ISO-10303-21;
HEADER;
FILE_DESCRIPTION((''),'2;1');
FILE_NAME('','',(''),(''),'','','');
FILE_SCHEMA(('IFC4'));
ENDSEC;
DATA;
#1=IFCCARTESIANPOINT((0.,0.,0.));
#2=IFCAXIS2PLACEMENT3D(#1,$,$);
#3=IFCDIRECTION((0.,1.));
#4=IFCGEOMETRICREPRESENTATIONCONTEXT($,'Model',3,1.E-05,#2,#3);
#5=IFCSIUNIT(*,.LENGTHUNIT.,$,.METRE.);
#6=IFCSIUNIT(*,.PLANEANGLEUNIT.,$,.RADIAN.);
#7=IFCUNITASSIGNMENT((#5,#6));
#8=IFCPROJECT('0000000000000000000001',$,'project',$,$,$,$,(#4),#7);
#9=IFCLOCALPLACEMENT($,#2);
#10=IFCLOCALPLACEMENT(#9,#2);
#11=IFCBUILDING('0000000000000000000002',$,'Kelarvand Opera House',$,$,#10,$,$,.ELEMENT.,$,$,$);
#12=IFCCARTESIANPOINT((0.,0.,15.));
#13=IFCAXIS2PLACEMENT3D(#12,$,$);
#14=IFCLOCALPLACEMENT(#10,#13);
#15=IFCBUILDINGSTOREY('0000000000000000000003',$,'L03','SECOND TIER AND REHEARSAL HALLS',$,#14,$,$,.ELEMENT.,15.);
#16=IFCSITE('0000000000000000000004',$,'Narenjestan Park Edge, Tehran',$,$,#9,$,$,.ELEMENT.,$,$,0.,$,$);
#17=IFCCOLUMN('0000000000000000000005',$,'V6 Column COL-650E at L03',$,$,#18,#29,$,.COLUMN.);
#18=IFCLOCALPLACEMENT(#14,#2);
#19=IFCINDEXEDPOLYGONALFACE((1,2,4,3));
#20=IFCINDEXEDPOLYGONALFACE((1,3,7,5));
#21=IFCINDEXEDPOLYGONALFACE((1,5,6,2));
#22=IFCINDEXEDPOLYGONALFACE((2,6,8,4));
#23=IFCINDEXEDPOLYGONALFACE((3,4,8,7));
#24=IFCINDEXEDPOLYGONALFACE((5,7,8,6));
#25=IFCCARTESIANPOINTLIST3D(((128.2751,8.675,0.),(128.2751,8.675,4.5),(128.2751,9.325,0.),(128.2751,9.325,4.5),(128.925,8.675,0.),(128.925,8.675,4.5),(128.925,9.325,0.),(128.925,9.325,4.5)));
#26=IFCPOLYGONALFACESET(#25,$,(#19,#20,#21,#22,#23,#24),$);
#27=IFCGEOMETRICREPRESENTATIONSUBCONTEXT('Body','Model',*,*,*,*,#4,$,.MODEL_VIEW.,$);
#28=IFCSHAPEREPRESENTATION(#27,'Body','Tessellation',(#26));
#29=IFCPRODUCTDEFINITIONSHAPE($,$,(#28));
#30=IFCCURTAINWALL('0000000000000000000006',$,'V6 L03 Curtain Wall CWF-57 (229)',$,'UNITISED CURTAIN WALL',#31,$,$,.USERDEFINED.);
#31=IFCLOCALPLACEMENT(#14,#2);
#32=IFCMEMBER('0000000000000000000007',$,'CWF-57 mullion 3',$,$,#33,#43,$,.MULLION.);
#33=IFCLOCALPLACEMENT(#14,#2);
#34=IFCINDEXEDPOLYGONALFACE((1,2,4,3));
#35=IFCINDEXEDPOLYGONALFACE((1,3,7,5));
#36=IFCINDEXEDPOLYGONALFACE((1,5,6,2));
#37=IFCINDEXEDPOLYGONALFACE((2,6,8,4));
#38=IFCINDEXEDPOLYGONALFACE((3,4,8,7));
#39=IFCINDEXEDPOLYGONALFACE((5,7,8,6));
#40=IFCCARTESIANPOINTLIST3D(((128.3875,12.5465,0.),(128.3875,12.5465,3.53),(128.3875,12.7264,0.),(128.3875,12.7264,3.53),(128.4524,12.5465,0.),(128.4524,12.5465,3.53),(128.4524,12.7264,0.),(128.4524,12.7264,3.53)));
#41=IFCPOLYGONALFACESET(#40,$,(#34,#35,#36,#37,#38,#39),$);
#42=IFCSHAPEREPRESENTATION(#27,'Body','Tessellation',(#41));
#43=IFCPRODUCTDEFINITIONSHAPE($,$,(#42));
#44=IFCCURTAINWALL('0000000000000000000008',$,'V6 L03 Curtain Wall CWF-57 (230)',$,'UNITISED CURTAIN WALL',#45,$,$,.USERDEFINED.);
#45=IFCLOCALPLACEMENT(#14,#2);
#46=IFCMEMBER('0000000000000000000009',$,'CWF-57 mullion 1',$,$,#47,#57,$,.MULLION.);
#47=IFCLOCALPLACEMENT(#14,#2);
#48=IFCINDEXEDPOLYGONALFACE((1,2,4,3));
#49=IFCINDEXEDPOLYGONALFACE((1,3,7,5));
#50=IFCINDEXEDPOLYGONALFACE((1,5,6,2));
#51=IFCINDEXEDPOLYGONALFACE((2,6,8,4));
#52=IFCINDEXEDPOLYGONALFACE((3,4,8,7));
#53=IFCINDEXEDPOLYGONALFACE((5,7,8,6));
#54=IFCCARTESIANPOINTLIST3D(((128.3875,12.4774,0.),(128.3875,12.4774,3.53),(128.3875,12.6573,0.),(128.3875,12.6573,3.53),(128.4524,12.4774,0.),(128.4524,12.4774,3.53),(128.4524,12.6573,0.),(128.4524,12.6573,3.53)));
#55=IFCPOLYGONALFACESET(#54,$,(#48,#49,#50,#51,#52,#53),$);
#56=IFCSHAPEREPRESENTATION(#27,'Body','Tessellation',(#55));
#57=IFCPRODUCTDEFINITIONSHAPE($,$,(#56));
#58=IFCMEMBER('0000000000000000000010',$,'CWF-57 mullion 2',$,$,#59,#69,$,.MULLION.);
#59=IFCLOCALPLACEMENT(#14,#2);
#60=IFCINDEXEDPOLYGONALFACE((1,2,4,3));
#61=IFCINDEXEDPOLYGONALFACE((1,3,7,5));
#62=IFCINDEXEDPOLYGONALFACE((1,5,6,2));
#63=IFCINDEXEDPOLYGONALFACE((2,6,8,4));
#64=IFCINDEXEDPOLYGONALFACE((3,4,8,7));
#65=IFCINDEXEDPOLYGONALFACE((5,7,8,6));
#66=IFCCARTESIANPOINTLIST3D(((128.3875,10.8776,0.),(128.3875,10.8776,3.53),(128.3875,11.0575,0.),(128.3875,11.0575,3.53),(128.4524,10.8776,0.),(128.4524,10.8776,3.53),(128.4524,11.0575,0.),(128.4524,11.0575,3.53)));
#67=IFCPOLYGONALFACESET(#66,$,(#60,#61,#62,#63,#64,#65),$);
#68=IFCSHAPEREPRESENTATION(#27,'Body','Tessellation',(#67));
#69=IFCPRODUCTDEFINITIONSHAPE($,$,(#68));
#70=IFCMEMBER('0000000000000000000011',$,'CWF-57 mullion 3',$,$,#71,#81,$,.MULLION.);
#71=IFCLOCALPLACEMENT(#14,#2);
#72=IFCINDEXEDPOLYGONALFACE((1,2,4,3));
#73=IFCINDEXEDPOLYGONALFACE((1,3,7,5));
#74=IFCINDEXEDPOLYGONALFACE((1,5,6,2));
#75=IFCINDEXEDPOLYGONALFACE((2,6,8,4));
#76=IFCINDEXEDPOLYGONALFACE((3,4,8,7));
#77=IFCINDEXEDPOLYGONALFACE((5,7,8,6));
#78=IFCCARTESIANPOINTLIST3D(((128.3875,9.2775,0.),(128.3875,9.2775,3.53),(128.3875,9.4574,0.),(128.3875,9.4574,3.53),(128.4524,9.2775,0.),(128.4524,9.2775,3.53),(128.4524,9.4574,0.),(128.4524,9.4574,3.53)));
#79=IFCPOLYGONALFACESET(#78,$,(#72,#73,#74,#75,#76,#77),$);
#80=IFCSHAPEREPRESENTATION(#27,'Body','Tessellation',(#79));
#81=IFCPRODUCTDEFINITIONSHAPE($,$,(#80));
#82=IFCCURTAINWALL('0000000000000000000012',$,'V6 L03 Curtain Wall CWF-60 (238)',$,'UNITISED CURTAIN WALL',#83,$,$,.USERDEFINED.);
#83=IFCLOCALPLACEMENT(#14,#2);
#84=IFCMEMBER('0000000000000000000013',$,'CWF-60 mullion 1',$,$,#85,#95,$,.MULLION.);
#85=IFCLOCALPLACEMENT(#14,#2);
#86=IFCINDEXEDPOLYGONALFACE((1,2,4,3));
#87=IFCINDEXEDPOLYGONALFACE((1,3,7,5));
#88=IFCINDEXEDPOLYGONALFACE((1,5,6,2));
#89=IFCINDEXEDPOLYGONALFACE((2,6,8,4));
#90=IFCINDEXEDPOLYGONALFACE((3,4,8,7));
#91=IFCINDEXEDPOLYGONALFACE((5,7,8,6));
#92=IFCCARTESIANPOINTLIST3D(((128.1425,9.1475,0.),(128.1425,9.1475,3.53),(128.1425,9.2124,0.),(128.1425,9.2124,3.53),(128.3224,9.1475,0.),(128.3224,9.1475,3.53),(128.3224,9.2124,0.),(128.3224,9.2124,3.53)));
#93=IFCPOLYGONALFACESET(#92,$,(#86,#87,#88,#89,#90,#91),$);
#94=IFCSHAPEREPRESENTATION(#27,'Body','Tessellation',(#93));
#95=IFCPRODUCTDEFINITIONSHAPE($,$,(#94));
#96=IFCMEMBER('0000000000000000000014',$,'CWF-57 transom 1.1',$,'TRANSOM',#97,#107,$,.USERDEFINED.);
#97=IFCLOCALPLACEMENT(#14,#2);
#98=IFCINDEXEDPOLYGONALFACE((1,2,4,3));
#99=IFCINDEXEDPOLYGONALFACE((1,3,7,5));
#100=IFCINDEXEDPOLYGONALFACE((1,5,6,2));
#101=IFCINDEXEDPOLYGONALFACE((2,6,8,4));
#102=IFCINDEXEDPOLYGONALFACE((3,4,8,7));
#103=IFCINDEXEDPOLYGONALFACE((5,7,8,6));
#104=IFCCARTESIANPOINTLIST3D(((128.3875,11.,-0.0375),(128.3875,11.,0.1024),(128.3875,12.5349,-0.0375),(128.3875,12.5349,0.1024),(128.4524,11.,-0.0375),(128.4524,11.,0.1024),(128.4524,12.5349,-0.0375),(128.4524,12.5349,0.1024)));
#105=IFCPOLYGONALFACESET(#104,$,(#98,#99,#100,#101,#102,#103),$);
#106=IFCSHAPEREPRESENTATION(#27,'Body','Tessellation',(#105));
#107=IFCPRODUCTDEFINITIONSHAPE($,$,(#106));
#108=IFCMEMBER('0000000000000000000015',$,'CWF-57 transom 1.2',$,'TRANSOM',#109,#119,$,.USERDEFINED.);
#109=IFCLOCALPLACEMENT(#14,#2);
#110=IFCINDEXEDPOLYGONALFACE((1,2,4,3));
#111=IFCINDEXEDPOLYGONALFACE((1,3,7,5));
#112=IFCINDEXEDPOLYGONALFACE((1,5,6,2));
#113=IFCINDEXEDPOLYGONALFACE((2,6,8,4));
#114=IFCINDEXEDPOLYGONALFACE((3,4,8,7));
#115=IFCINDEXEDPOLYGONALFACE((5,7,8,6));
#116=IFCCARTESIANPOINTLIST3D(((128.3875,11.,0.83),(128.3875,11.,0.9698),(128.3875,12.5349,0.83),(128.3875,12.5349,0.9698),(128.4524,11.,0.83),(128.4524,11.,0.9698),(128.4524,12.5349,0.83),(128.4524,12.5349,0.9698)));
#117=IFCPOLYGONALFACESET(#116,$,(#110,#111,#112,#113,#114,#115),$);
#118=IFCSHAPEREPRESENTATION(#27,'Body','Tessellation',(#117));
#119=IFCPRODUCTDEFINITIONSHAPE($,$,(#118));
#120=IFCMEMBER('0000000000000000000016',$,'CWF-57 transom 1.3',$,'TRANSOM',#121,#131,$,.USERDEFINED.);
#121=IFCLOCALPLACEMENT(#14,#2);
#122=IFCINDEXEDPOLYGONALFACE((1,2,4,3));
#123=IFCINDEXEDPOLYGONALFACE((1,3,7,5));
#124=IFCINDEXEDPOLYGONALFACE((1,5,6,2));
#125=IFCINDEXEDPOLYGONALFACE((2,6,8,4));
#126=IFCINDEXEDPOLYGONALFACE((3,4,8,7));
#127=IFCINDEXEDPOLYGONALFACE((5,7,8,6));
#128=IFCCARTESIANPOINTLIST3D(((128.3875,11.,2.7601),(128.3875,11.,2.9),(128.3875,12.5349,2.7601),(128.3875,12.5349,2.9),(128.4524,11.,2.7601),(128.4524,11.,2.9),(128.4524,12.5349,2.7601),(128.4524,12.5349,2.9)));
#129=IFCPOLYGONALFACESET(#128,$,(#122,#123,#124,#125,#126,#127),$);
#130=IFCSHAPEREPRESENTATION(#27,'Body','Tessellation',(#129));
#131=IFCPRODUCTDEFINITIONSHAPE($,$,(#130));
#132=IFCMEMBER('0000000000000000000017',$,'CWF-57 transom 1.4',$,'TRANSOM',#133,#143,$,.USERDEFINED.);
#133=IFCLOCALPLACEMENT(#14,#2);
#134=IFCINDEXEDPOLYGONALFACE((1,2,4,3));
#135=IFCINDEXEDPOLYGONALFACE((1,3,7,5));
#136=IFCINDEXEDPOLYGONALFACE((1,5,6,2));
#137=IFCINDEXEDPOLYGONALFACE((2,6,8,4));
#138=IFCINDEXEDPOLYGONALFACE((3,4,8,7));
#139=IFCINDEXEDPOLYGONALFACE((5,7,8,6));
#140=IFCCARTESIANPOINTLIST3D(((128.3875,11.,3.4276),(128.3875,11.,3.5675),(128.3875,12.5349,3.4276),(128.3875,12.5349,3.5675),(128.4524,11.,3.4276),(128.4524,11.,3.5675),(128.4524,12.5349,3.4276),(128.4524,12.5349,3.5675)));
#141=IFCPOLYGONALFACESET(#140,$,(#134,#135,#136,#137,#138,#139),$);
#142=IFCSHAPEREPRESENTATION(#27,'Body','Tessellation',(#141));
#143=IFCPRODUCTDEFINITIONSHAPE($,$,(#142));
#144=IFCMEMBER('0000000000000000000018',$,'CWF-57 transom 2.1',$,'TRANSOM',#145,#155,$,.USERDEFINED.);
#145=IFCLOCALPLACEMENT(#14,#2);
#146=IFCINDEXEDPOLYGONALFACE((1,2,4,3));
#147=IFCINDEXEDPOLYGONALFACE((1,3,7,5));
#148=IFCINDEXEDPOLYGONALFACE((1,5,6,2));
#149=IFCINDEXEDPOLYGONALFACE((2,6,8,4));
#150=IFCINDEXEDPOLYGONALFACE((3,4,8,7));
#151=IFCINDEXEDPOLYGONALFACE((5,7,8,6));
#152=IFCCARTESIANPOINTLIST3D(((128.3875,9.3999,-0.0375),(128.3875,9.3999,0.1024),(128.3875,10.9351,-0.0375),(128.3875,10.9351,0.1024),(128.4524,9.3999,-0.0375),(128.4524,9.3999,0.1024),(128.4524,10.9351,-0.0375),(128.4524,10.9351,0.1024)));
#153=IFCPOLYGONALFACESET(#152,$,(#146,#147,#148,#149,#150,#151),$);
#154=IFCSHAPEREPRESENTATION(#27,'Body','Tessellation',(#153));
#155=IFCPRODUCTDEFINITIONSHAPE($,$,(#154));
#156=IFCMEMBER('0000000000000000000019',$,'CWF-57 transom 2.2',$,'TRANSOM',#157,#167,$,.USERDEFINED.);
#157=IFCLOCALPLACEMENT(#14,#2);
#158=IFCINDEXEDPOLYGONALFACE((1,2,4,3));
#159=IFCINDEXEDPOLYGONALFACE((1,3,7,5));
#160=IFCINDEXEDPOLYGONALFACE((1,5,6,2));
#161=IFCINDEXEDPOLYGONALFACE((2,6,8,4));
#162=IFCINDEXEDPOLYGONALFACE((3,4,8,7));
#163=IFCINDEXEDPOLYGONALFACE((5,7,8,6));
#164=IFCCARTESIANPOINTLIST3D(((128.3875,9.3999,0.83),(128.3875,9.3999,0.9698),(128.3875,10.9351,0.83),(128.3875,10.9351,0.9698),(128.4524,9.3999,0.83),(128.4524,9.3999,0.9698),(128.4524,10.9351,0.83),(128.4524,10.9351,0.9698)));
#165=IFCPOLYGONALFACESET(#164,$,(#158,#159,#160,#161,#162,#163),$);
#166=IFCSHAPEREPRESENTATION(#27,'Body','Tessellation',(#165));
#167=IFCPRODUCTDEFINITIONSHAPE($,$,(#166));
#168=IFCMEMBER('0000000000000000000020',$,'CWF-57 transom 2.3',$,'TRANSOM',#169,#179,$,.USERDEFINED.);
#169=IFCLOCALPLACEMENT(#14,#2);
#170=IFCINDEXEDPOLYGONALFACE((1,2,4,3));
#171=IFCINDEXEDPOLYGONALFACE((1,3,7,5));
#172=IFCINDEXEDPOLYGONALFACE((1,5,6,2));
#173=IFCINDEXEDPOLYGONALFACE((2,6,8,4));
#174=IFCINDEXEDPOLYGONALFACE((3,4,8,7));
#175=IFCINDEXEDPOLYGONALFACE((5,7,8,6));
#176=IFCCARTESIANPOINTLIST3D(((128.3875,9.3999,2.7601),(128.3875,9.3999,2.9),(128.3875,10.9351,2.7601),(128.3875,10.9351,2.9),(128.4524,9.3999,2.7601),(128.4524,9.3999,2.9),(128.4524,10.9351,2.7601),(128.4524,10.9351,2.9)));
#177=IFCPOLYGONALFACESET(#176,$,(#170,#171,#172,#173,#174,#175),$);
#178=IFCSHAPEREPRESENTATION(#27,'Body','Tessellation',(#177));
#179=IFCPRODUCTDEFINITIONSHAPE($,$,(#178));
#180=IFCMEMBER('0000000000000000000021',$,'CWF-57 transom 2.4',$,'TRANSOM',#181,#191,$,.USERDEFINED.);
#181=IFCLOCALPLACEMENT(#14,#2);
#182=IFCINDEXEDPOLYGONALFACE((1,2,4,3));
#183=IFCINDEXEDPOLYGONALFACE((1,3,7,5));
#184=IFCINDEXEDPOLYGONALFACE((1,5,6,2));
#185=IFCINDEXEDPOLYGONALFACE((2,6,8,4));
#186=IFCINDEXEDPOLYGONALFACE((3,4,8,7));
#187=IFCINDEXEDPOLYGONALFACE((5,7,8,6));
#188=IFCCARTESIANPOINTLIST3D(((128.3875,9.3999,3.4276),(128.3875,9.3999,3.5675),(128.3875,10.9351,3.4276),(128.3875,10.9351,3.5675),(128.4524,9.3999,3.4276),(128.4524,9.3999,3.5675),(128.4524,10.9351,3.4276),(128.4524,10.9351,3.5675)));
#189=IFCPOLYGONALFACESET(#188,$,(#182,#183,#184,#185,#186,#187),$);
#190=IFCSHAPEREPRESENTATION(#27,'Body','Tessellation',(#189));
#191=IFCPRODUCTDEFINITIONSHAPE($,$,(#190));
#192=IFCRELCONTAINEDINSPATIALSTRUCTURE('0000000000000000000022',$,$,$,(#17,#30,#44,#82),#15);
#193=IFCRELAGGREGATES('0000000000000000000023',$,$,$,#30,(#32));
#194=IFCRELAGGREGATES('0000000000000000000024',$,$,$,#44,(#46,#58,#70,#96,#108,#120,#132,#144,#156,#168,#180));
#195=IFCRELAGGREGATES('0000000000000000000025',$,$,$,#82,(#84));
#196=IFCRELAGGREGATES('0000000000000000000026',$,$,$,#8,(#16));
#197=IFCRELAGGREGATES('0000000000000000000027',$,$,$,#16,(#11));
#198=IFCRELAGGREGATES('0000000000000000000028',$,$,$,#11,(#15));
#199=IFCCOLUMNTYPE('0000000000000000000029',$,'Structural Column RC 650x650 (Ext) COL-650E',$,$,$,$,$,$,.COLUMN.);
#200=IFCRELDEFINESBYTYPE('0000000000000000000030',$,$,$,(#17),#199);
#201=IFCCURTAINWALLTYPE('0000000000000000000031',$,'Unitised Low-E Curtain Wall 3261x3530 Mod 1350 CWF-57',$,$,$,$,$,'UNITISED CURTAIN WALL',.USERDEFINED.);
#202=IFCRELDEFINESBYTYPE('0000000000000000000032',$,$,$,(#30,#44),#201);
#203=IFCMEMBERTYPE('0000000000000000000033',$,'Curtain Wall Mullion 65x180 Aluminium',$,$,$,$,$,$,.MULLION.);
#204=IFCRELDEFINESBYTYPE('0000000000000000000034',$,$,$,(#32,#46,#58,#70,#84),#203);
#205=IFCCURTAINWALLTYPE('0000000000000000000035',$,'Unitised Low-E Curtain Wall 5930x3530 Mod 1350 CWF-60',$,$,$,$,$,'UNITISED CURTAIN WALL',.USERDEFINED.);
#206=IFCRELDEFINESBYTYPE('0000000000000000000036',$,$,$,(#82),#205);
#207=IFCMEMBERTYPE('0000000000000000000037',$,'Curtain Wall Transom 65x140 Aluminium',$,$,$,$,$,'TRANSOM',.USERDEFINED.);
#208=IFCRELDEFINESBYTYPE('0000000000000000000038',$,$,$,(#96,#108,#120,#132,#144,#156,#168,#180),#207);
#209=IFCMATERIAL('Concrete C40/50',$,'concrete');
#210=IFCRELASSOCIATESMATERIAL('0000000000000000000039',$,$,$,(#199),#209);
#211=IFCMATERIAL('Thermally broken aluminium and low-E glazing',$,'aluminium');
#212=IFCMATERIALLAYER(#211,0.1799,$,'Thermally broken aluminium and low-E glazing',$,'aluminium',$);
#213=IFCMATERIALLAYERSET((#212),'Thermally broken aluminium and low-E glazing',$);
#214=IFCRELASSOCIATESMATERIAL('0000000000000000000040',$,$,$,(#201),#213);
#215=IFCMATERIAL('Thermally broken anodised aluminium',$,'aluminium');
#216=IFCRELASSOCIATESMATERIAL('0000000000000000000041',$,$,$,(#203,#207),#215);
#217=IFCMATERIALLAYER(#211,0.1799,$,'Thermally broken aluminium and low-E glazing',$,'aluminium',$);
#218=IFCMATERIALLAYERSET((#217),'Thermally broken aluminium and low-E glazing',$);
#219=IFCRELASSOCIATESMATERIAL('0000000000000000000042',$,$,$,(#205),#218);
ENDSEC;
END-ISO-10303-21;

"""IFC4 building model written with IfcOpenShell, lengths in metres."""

from ifc_helpers import new_model, si_unit, direction, frame, origin, origin_2d, place, context, subcontext, project, spatial, rectangle, extrude, material, layer, layer_set, material_profile, profile_set, type_object, element, aggregate, save


model = new_model("IFC4")

# Units and contexts
model_context = context("Model", 3, precision=1e-05, world=origin(), true_north=direction((0.0, 1.0)))
body_context = subcontext(model_context, "Body", "Model", "MODEL_VIEW")
ifc_project = project(units=[si_unit("LENGTHUNIT", "METRE"), si_unit("PLANEANGLEUNIT", "RADIAN")], contexts=[model_context])

# Site, building, storey
site_placement = place(None, origin())
site = spatial("IfcSite", under=ifc_project, at=site_placement, Name="Narenjestan Park Edge, Tehran", CompositionType="ELEMENT", RefElevation=0.0)
building_placement = place(site_placement, origin())
building = spatial("IfcBuilding", under=site, at=building_placement, Name="Kelarvand Opera House", CompositionType="ELEMENT")
storey_placement = place(building_placement, frame((0.0, 0.0, 15.0)))
storey = spatial("IfcBuildingStorey", under=building, at=storey_placement, Name="L03", Description="SECOND TIER AND REHEARSAL HALLS", CompositionType="ELEMENT", Elevation=15.0)

# Column
ifc_material_1 = material(Name="Concrete C40/50", Category="concrete")
ifc_material_profile_1 = material_profile(ifc_material_1, rectangle(XDim=0.6499, YDim=0.6499, at=origin_2d()), Name="RC 650x650", Category="concrete")
ifc_profile_set_1 = profile_set([ifc_material_profile_1], Name="Concrete C40/50")
column_type = type_object("IfcColumnType", Name="Structural Column RC 650x650 (Ext) COL-650E", PredefinedType="COLUMN", material=ifc_profile_set_1)
column_placement = place(storey_placement, frame((128.6001, 9.0, 0.0), z_axis=(0.0, 0.0, 1.0), x_axis=(1.0, 0.0, 0.0)))
element("IfcColumn", 1, at=column_placement, inside=storey, type_object=column_type, Name="V6 Column COL-650E at L03", PredefinedType="COLUMN", context=body_context, shape_type="SweptSolid", body=[
    extrude(rectangle(XDim=0.6499, YDim=0.6499, at=origin_2d()), origin(), (0.0, 0.0, 1.0), 4.5),
])

# Curtain wall, member
ifc_material_2 = material(Name="Thermally broken aluminium and low-E glazing", Category="aluminium")
ifc_layer_1 = layer(ifc_material_2, 0.1799, Name="Thermally broken aluminium and low-E glazing", Category="aluminium")
ifc_layer_set_1 = layer_set([ifc_layer_1], Name="Thermally broken aluminium and low-E glazing")
curtain_wall_type_1 = type_object("IfcCurtainWallType", Name="Unitised Low-E Curtain Wall 3261x3530 Mod 1350 CWF-57", ElementType="UNITISED CURTAIN WALL", PredefinedType="USERDEFINED", material=ifc_layer_set_1)
curtain_wall_1_placement = place(storey_placement, origin())
curtain_wall_1 = element("IfcCurtainWall", 2, at=curtain_wall_1_placement, inside=storey, type_object=curtain_wall_type_1, Name="V6 L03 Curtain Wall CWF-57 (229)", ObjectType="UNITISED CURTAIN WALL", PredefinedType="USERDEFINED")
ifc_material_3 = material(Name="Thermally broken anodised aluminium", Category="aluminium")
ifc_material_profile_2 = material_profile(ifc_material_3, rectangle(XDim=0.0649, YDim=0.1799, at=origin_2d()), Name="ALU MULLION 65x180", Category="aluminium")
ifc_profile_set_2 = profile_set([ifc_material_profile_2], Name="Thermally broken anodised aluminium")
member_type_1 = type_object("IfcMemberType", Name="Curtain Wall Mullion 65x180 Aluminium", PredefinedType="MULLION", material=ifc_profile_set_2)
member_1_placement = place(storey_placement, frame((128.4199, 12.6365, 0.0), z_axis=(0.0, 0.0, 1.0), x_axis=(1.0, 0.0, 0.0)))
member_1 = element("IfcMember", 3, at=member_1_placement, type_object=member_type_1, Name="CWF-57 mullion 3", PredefinedType="MULLION", context=body_context, shape_type="SweptSolid", body=[
    extrude(rectangle(XDim=0.0649, YDim=0.1799, at=origin_2d()), origin(), (0.0, 0.0, 1.0), 3.53),
])
aggregate(curtain_wall_1, [member_1])

# Curtain wall, members
curtain_wall_2_placement = place(storey_placement, origin())
curtain_wall_2 = element("IfcCurtainWall", 4, at=curtain_wall_2_placement, inside=storey, type_object=curtain_wall_type_1, Name="V6 L03 Curtain Wall CWF-57 (230)", ObjectType="UNITISED CURTAIN WALL", PredefinedType="USERDEFINED")
member_2_placement = place(storey_placement, frame((128.4199, 12.5674, 0.0), z_axis=(0.0, 0.0, 1.0), x_axis=(1.0, 0.0, 0.0)))
member_2 = element("IfcMember", 5, at=member_2_placement, type_object=member_type_1, Name="CWF-57 mullion 1", PredefinedType="MULLION", context=body_context, shape_type="SweptSolid", body=[
    extrude(rectangle(XDim=0.0649, YDim=0.1799, at=origin_2d()), origin(), (0.0, 0.0, 1.0), 3.53),
])
member_3_placement = place(storey_placement, frame((128.4199, 10.9675, 0.0), z_axis=(0.0, 0.0, 1.0), x_axis=(1.0, 0.0, 0.0)))
member_3 = element("IfcMember", 6, at=member_3_placement, type_object=member_type_1, Name="CWF-57 mullion 2", PredefinedType="MULLION", context=body_context, shape_type="SweptSolid", body=[
    extrude(rectangle(XDim=0.0649, YDim=0.1799, at=origin_2d()), origin(), (0.0, 0.0, 1.0), 3.53),
])
member_4_placement = place(storey_placement, frame((128.4199, 9.3674, 0.0), z_axis=(0.0, 0.0, 1.0), x_axis=(1.0, 0.0, 0.0)))
member_4 = element("IfcMember", 7, at=member_4_placement, type_object=member_type_1, Name="CWF-57 mullion 3", PredefinedType="MULLION", context=body_context, shape_type="SweptSolid", body=[
    extrude(rectangle(XDim=0.0649, YDim=0.1799, at=origin_2d()), origin(), (0.0, 0.0, 1.0), 3.53),
])

# Curtain wall, member
ifc_layer_2 = layer(ifc_material_2, 0.1799, Name="Thermally broken aluminium and low-E glazing", Category="aluminium")
ifc_layer_set_2 = layer_set([ifc_layer_2], Name="Thermally broken aluminium and low-E glazing")
curtain_wall_type_2 = type_object("IfcCurtainWallType", Name="Unitised Low-E Curtain Wall 5930x3530 Mod 1350 CWF-60", ElementType="UNITISED CURTAIN WALL", PredefinedType="USERDEFINED", material=ifc_layer_set_2)
curtain_wall_3_placement = place(storey_placement, origin())
curtain_wall_3 = element("IfcCurtainWall", 8, at=curtain_wall_3_placement, inside=storey, type_object=curtain_wall_type_2, Name="V6 L03 Curtain Wall CWF-60 (238)", ObjectType="UNITISED CURTAIN WALL", PredefinedType="USERDEFINED")
member_5_placement = place(storey_placement, frame((128.2324, 9.1799, 0.0), z_axis=(0.0, 0.0, 1.0), x_axis=(0.0, -1.0, 0.0)))
member_5 = element("IfcMember", 9, at=member_5_placement, type_object=member_type_1, Name="CWF-60 mullion 1", PredefinedType="MULLION", context=body_context, shape_type="SweptSolid", body=[
    extrude(rectangle(XDim=0.0649, YDim=0.1799, at=origin_2d()), origin(), (0.0, 0.0, 1.0), 3.53),
])

# Members
ifc_material_profile_3 = material_profile(ifc_material_3, rectangle(XDim=0.0649, YDim=0.1399, at=origin_2d()), Name="ALU TRANSOM 65x140", Category="aluminium")
ifc_profile_set_3 = profile_set([ifc_material_profile_3], Name="Thermally broken anodised aluminium")
member_type_2 = type_object("IfcMemberType", Name="Curtain Wall Transom 65x140 Aluminium", ElementType="TRANSOM", PredefinedType="USERDEFINED", material=ifc_profile_set_3)
member_6_placement = place(storey_placement, frame((128.4199, 12.5349, 0.0325), z_axis=(0.0, -1.0, 0.0), x_axis=(1.0, 0.0, 0.0)))
member_6 = element("IfcMember", 10, at=member_6_placement, type_object=member_type_2, Name="CWF-57 transom 1.1", ObjectType="TRANSOM", PredefinedType="USERDEFINED", context=body_context, shape_type="SweptSolid", body=[
    extrude(rectangle(XDim=0.0649, YDim=0.1399, at=origin_2d()), origin(), (0.0, 0.0, 1.0), 1.5349),
])
member_7_placement = place(storey_placement, frame((128.4199, 12.5349, 0.8999), z_axis=(0.0, -1.0, 0.0), x_axis=(1.0, 0.0, 0.0)))
member_7 = element("IfcMember", 11, at=member_7_placement, type_object=member_type_2, Name="CWF-57 transom 1.2", ObjectType="TRANSOM", PredefinedType="USERDEFINED", context=body_context, shape_type="SweptSolid", body=[
    extrude(rectangle(XDim=0.0649, YDim=0.1399, at=origin_2d()), origin(), (0.0, 0.0, 1.0), 1.5349),
])
member_8_placement = place(storey_placement, frame((128.4199, 12.5349, 2.8301), z_axis=(0.0, -1.0, 0.0), x_axis=(1.0, 0.0, 0.0)))
member_8 = element("IfcMember", 12, at=member_8_placement, type_object=member_type_2, Name="CWF-57 transom 1.3", ObjectType="TRANSOM", PredefinedType="USERDEFINED", context=body_context, shape_type="SweptSolid", body=[
    extrude(rectangle(XDim=0.0649, YDim=0.1399, at=origin_2d()), origin(), (0.0, 0.0, 1.0), 1.5349),
])
member_9_placement = place(storey_placement, frame((128.4199, 12.5349, 3.4976), z_axis=(0.0, -1.0, 0.0), x_axis=(1.0, 0.0, 0.0)))
member_9 = element("IfcMember", 13, at=member_9_placement, type_object=member_type_2, Name="CWF-57 transom 1.4", ObjectType="TRANSOM", PredefinedType="USERDEFINED", context=body_context, shape_type="SweptSolid", body=[
    extrude(rectangle(XDim=0.0649, YDim=0.1399, at=origin_2d()), origin(), (0.0, 0.0, 1.0), 1.5349),
])
member_10_placement = place(storey_placement, frame((128.4199, 10.9351, 0.0325), z_axis=(0.0, -1.0, 0.0), x_axis=(1.0, 0.0, 0.0)))
member_10 = element("IfcMember", 14, at=member_10_placement, type_object=member_type_2, Name="CWF-57 transom 2.1", ObjectType="TRANSOM", PredefinedType="USERDEFINED", context=body_context, shape_type="SweptSolid", body=[
    extrude(rectangle(XDim=0.0649, YDim=0.1399, at=origin_2d()), origin(), (0.0, 0.0, 1.0), 1.5352),
])
member_11_placement = place(storey_placement, frame((128.4199, 10.9351, 0.8999), z_axis=(0.0, -1.0, 0.0), x_axis=(1.0, 0.0, 0.0)))
member_11 = element("IfcMember", 15, at=member_11_placement, type_object=member_type_2, Name="CWF-57 transom 2.2", ObjectType="TRANSOM", PredefinedType="USERDEFINED", context=body_context, shape_type="SweptSolid", body=[
    extrude(rectangle(XDim=0.0649, YDim=0.1399, at=origin_2d()), origin(), (0.0, 0.0, 1.0), 1.5352),
])
member_12_placement = place(storey_placement, frame((128.4199, 10.9351, 2.8301), z_axis=(0.0, -1.0, 0.0), x_axis=(1.0, 0.0, 0.0)))
member_12 = element("IfcMember", 16, at=member_12_placement, type_object=member_type_2, Name="CWF-57 transom 2.3", ObjectType="TRANSOM", PredefinedType="USERDEFINED", context=body_context, shape_type="SweptSolid", body=[
    extrude(rectangle(XDim=0.0649, YDim=0.1399, at=origin_2d()), origin(), (0.0, 0.0, 1.0), 1.5352),
])
member_13_placement = place(storey_placement, frame((128.4199, 10.9351, 3.4976), z_axis=(0.0, -1.0, 0.0), x_axis=(1.0, 0.0, 0.0)))
member_13 = element("IfcMember", 17, at=member_13_placement, type_object=member_type_2, Name="CWF-57 transom 2.4", ObjectType="TRANSOM", PredefinedType="USERDEFINED", context=body_context, shape_type="SweptSolid", body=[
    extrude(rectangle(XDim=0.0649, YDim=0.1399, at=origin_2d()), origin(), (0.0, 0.0, 1.0), 1.5352),
])

aggregate(curtain_wall_2, [member_2, member_3, member_4, member_6, member_7, member_8, member_9, member_10, member_11, member_12, member_13])
aggregate(curtain_wall_3, [member_5])

save(model, "model.ifc")
